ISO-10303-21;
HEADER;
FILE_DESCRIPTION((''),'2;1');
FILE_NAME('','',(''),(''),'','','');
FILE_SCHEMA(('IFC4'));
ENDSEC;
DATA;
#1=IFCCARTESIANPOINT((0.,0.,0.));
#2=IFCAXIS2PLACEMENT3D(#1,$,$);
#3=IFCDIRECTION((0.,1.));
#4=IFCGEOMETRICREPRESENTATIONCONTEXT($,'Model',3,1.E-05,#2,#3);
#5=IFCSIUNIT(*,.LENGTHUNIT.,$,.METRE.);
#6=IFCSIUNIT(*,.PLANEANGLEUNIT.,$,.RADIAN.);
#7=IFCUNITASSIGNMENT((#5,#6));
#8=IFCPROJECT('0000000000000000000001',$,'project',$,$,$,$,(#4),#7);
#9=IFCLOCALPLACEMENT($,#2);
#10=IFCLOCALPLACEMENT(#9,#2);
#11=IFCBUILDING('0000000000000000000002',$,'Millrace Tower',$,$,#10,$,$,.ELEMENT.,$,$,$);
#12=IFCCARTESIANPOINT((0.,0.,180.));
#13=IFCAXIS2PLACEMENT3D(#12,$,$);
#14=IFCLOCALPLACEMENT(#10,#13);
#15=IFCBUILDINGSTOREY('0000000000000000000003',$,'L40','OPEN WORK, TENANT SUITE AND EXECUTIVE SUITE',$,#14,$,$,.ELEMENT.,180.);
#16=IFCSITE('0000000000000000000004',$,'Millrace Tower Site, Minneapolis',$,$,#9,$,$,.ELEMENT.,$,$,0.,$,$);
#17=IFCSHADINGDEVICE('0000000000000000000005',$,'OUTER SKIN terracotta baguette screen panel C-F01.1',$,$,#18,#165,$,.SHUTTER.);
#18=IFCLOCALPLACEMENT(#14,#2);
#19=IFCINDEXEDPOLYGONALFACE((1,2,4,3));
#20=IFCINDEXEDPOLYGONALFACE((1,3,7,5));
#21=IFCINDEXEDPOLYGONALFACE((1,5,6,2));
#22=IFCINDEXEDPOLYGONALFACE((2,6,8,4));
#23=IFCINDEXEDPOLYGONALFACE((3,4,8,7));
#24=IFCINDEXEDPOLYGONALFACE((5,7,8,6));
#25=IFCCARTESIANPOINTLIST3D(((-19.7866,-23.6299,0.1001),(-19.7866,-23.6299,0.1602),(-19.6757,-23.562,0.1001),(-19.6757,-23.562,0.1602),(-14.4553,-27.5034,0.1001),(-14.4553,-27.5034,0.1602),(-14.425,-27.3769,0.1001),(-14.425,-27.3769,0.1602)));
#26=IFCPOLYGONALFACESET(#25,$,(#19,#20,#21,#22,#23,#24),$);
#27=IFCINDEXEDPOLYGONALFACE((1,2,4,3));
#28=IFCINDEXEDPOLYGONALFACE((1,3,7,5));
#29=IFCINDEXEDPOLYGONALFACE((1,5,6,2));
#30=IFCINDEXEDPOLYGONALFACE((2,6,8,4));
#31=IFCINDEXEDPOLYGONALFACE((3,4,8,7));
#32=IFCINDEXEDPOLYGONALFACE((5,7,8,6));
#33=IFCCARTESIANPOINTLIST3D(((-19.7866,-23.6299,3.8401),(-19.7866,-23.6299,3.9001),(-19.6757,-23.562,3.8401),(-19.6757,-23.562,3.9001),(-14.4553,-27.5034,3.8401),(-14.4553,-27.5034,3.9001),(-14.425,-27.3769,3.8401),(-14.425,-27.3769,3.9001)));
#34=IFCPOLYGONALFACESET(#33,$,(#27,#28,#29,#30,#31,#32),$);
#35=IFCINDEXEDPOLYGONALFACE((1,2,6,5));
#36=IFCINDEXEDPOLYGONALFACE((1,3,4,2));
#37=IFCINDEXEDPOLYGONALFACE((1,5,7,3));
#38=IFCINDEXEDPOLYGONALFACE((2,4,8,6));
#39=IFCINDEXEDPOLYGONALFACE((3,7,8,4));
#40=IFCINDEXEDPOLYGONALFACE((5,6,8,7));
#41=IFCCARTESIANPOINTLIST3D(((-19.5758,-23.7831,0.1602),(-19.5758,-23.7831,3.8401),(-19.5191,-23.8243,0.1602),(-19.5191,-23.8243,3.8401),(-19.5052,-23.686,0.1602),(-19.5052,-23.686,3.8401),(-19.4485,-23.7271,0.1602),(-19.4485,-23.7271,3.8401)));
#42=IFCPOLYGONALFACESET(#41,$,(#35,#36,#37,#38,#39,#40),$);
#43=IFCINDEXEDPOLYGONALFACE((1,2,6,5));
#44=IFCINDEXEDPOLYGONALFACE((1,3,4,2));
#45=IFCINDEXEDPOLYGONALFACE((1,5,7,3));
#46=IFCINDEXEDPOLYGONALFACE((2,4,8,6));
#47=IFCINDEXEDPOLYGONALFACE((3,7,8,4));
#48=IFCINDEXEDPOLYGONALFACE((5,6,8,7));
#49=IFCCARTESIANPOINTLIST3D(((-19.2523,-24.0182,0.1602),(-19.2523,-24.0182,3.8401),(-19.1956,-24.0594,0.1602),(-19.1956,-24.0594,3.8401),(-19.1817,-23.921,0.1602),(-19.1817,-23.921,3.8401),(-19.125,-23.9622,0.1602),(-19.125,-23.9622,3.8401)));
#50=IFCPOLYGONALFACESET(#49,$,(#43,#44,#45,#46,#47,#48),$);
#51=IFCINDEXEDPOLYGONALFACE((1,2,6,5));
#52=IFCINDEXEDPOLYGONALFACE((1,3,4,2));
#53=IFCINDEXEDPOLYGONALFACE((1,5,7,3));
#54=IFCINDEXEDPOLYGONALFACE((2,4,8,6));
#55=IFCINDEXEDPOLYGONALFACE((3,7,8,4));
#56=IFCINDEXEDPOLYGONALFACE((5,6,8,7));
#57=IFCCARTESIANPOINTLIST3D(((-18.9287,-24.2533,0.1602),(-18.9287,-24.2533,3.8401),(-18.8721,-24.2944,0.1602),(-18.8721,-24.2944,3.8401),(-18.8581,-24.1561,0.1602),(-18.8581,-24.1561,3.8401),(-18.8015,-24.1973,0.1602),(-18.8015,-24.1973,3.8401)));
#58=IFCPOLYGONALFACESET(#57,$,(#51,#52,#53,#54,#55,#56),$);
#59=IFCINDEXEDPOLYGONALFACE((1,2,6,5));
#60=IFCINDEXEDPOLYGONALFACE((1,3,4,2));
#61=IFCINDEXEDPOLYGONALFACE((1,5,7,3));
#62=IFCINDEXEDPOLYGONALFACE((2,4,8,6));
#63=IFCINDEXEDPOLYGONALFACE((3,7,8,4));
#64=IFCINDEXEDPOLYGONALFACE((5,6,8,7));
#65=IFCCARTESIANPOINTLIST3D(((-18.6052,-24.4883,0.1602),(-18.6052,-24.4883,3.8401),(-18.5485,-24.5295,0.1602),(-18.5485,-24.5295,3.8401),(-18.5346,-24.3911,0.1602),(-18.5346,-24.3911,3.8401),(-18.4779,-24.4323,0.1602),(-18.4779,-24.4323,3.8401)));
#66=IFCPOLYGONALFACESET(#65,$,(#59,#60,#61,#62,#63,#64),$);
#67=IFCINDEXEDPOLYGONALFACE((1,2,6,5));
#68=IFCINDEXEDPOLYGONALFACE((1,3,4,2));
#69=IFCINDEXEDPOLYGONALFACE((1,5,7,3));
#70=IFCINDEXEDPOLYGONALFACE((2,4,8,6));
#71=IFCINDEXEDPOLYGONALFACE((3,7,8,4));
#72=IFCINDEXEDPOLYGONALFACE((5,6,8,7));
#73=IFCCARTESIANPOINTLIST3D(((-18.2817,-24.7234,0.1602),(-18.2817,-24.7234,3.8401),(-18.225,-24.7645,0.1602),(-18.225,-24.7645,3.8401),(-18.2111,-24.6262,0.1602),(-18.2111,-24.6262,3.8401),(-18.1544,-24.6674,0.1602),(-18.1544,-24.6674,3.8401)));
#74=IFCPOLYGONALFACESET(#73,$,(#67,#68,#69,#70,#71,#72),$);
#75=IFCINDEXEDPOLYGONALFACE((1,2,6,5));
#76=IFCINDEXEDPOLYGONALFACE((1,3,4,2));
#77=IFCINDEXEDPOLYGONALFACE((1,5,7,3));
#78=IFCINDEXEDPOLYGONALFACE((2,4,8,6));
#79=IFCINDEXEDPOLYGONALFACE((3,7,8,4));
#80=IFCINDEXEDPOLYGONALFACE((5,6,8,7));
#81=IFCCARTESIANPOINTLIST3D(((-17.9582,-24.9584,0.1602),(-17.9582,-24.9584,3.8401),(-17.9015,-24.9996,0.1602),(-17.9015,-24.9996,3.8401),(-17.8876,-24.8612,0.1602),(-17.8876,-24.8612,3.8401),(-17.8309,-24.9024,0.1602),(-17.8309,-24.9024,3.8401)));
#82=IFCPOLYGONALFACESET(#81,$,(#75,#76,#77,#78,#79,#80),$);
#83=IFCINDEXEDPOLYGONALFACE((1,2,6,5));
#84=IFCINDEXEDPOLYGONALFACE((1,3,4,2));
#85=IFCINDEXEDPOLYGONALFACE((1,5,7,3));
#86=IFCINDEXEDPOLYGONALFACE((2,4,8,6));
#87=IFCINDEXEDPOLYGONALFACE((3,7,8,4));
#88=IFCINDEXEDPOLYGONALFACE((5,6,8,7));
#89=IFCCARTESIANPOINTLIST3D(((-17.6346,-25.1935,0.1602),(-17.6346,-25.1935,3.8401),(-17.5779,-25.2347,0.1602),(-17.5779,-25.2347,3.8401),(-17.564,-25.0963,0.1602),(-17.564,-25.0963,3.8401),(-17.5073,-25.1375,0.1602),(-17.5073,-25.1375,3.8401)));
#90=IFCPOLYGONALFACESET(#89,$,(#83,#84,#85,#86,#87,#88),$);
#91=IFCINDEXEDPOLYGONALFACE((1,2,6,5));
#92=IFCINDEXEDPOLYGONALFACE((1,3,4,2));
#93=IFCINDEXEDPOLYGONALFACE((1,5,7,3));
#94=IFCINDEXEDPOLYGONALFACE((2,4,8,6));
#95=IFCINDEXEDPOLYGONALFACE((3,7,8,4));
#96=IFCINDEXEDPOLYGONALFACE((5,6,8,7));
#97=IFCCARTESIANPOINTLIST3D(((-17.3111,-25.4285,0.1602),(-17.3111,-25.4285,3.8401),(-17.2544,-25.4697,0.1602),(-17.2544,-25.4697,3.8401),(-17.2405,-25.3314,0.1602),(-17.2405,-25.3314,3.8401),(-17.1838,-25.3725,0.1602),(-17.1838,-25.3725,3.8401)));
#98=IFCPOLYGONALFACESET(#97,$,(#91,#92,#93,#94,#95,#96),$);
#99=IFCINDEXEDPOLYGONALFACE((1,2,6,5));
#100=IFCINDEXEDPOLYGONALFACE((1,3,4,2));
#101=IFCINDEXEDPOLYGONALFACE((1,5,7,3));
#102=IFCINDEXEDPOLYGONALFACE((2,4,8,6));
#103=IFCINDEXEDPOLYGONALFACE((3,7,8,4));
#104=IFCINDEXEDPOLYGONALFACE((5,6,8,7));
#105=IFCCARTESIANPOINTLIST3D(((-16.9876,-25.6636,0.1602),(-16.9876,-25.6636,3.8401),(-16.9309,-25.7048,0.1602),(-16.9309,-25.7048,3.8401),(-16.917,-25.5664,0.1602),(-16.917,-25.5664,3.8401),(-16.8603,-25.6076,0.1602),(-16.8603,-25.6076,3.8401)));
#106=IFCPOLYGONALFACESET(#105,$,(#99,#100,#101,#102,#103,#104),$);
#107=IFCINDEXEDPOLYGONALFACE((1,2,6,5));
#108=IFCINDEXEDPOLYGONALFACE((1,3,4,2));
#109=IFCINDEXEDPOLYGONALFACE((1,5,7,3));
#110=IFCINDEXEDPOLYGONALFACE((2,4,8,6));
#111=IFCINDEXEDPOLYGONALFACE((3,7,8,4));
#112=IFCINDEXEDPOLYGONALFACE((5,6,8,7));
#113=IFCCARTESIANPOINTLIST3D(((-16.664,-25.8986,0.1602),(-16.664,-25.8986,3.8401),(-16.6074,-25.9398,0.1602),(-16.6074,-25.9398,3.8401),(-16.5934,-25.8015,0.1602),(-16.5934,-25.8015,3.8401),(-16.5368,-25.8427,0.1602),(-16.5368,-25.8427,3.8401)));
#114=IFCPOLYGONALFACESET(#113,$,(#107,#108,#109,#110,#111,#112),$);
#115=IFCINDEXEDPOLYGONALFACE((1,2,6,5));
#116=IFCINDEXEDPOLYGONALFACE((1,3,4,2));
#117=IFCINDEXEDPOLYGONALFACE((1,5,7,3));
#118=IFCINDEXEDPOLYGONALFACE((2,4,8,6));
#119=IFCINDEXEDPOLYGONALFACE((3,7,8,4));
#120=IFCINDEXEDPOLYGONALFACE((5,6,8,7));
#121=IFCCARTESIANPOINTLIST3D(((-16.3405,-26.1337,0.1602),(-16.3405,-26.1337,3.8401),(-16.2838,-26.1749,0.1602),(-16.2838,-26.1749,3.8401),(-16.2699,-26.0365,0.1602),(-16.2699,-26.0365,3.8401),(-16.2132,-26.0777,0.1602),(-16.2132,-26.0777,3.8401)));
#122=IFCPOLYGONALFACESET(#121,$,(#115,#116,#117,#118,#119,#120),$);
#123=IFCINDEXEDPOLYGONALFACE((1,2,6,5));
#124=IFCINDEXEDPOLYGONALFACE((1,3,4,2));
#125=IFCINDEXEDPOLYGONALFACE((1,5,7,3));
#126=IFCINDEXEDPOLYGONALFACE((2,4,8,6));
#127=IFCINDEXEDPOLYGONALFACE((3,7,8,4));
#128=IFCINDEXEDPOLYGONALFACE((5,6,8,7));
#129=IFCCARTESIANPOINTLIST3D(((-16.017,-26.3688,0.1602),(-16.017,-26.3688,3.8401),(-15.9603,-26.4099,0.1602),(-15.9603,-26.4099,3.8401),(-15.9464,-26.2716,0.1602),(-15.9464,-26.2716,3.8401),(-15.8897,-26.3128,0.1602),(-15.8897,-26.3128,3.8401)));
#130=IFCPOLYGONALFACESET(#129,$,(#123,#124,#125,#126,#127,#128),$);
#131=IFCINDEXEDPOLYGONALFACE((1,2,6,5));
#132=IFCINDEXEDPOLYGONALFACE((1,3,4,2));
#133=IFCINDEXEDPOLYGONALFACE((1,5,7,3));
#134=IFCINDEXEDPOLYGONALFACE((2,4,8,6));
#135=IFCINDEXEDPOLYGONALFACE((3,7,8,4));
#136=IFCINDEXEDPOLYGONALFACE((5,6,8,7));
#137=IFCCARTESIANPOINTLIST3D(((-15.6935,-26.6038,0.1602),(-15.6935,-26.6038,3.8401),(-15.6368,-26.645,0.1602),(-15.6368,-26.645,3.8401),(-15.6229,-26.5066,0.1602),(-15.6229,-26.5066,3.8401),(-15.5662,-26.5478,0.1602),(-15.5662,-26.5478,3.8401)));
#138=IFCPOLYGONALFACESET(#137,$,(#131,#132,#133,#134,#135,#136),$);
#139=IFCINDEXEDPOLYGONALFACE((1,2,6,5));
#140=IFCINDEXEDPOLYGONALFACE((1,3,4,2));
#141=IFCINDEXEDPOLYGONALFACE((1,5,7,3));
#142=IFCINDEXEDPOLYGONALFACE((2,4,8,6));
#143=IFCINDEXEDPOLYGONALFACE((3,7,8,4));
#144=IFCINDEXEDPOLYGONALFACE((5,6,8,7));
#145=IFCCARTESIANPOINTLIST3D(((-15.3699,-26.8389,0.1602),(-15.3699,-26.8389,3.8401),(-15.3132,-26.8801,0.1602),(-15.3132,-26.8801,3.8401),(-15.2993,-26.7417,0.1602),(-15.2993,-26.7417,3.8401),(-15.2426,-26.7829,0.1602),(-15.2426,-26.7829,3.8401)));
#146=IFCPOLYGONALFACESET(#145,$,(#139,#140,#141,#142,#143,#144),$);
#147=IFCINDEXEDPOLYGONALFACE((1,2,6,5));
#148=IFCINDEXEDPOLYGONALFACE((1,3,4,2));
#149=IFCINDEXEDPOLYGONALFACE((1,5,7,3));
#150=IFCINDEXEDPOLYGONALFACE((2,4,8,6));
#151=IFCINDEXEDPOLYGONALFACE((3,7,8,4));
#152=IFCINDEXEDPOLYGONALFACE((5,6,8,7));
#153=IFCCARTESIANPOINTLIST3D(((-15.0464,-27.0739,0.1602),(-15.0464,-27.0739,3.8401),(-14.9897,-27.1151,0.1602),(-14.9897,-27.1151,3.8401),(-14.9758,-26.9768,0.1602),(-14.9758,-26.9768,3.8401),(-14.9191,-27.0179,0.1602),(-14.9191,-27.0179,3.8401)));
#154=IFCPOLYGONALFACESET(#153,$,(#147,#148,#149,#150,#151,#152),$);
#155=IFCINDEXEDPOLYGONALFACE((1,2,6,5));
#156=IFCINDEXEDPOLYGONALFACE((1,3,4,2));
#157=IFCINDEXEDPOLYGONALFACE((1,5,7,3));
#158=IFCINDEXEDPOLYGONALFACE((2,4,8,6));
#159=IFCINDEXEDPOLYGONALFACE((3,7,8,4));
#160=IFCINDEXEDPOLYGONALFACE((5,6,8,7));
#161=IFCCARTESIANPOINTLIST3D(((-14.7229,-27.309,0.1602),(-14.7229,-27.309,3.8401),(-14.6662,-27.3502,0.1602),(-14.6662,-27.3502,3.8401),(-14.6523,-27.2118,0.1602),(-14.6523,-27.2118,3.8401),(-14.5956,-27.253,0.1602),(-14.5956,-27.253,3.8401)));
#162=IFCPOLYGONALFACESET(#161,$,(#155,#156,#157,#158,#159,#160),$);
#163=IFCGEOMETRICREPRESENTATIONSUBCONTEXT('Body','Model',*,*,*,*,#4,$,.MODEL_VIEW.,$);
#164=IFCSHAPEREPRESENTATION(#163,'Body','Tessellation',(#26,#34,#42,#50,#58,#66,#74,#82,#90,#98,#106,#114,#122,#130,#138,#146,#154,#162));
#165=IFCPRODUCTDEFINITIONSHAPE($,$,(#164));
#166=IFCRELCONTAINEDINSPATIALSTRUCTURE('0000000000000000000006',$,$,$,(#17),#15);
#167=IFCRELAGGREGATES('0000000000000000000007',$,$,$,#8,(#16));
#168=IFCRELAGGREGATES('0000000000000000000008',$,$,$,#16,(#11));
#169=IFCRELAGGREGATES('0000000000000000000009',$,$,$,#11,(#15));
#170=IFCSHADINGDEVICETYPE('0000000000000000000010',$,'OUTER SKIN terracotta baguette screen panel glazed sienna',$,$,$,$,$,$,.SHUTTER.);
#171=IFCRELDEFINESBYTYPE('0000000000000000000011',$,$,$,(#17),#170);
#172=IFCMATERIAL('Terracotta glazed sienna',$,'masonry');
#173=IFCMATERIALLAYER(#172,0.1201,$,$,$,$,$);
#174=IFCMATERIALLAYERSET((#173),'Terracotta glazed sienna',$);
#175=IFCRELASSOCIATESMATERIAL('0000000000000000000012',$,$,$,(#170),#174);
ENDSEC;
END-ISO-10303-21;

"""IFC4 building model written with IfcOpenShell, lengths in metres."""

from ifc_helpers import new_model, entity, si_unit, direction, frame, frame_2d, origin, place, context, subcontext, project, spatial, rectangle, extrude, source, transform, mapped, material, layer, layer_set, type_object, element, save


model = new_model("IFC4")

# Units and contexts
model_context = context("Model", 3, precision=1e-05, world=origin(), true_north=direction((0.0, 1.0)))
body_context = subcontext(model_context, "Body", "Model", "MODEL_VIEW")
ifc_project = project(units=[si_unit("LENGTHUNIT", "METRE"), si_unit("PLANEANGLEUNIT", "RADIAN")], contexts=[model_context])

# Site, building, storey
site_placement = place(None, origin())
site = spatial("IfcSite", under=ifc_project, at=site_placement, Name="Millrace Tower Site, Minneapolis", CompositionType="ELEMENT", RefElevation=0.0)
building_placement = place(site_placement, origin())
building = spatial("IfcBuilding", under=site, at=building_placement, Name="Millrace Tower", CompositionType="ELEMENT")
storey_placement = place(building_placement, frame((0.0, 0.0, 180.0)))
storey = spatial("IfcBuildingStorey", under=building, at=storey_placement, Name="L40", Description="OPEN WORK, TENANT SUITE AND EXECUTIVE SUITE", CompositionType="ELEMENT", Elevation=180.0)

# Shading device
ifc_material_1 = material(Name="Terracotta glazed sienna", Category="masonry")
ifc_layer_1 = layer(ifc_material_1, 0.1201)
ifc_layer_set_1 = layer_set([ifc_layer_1], Name="Terracotta glazed sienna")
shading_device_type = type_object("IfcShadingDeviceType", Name="OUTER SKIN terracotta baguette screen panel glazed sienna", PredefinedType="SHUTTER", material=ifc_layer_set_1)
cartesian_point_1 = entity("IfcCartesianPoint", [-3.2451, 0.0601])
shared_polyline_1 = entity("IfcPolyline", [cartesian_point_1, entity("IfcCartesianPoint", [3.2451, 0.0601]), entity("IfcCartesianPoint", [3.2949, -0.0601]), entity("IfcCartesianPoint", [-3.2949, -0.0601]), cartesian_point_1])
shared_shape_1 = source(origin(), body_context, "Body", "SweptSolid", [
    entity("IfcExtrudedAreaSolid", entity("IfcArbitraryClosedProfileDef", "AREA", None, shared_polyline_1), entity("IfcAxis2Placement3D", entity("IfcCartesianPoint", [0.0, 0.0, 0.0])), entity("IfcDirection", [0.0, 0.0, 1.0]), 0.0601),
    entity("IfcExtrudedAreaSolid", entity("IfcArbitraryClosedProfileDef", "AREA", None, shared_polyline_1), entity("IfcAxis2Placement3D", entity("IfcCartesianPoint", [0.0, 0.0, 3.74])), entity("IfcDirection", [0.0, 0.0, 1.0]), 0.0601),
    extrude(rectangle(XDim=0.0701, YDim=0.1201, at=frame_2d((-2.9993, 0.0))), frame((0.0, 0.0, 0.0601)), (0.0, 0.0, 1.0), 3.6799),
    extrude(rectangle(XDim=0.0701, YDim=0.1201, at=frame_2d((-2.5994, 0.0))), frame((0.0, 0.0, 0.0601)), (0.0, 0.0, 1.0), 3.6799),
    extrude(rectangle(XDim=0.0701, YDim=0.1201, at=frame_2d((-2.1995, 0.0))), frame((0.0, 0.0, 0.0601)), (0.0, 0.0, 1.0), 3.6799),
    extrude(rectangle(XDim=0.0701, YDim=0.1201, at=frame_2d((-1.7996, 0.0))), frame((0.0, 0.0, 0.0601)), (0.0, 0.0, 1.0), 3.6799),
    extrude(rectangle(XDim=0.0701, YDim=0.1201, at=frame_2d((-1.3997, 0.0))), frame((0.0, 0.0, 0.0601)), (0.0, 0.0, 1.0), 3.6799),
    extrude(rectangle(XDim=0.0701, YDim=0.1201, at=frame_2d((-0.9998, 0.0))), frame((0.0, 0.0, 0.0601)), (0.0, 0.0, 1.0), 3.6799),
    extrude(rectangle(XDim=0.0701, YDim=0.1201, at=frame_2d((-0.5999, 0.0))), frame((0.0, 0.0, 0.0601)), (0.0, 0.0, 1.0), 3.6799),
    extrude(rectangle(XDim=0.0701, YDim=0.1201, at=frame_2d((-0.2, 0.0))), frame((0.0, 0.0, 0.0601)), (0.0, 0.0, 1.0), 3.6799),
    extrude(rectangle(XDim=0.0701, YDim=0.1201, at=frame_2d((0.2, 0.0))), frame((0.0, 0.0, 0.0601)), (0.0, 0.0, 1.0), 3.6799),
    extrude(rectangle(XDim=0.0701, YDim=0.1201, at=frame_2d((0.5999, 0.0))), frame((0.0, 0.0, 0.0601)), (0.0, 0.0, 1.0), 3.6799),
    extrude(rectangle(XDim=0.0701, YDim=0.1201, at=frame_2d((0.9998, 0.0))), frame((0.0, 0.0, 0.0601)), (0.0, 0.0, 1.0), 3.6799),
    extrude(rectangle(XDim=0.0701, YDim=0.1201, at=frame_2d((1.3997, 0.0))), frame((0.0, 0.0, 0.0601)), (0.0, 0.0, 1.0), 3.6799),
    extrude(rectangle(XDim=0.0701, YDim=0.1201, at=frame_2d((1.7996, 0.0))), frame((0.0, 0.0, 0.0601)), (0.0, 0.0, 1.0), 3.6799),
    extrude(rectangle(XDim=0.0701, YDim=0.1201, at=frame_2d((2.1995, 0.0))), frame((0.0, 0.0, 0.0601)), (0.0, 0.0, 1.0), 3.6799),
    extrude(rectangle(XDim=0.0701, YDim=0.1201, at=frame_2d((2.5994, 0.0))), frame((0.0, 0.0, 0.0601)), (0.0, 0.0, 1.0), 3.6799),
    extrude(rectangle(XDim=0.0701, YDim=0.1201, at=frame_2d((2.9993, 0.0))), frame((0.0, 0.0, 0.0601)), (0.0, 0.0, 1.0), 3.6799),
])
shading_device_1_placement = place(storey_placement, frame((-17.0857, -25.5181, 0.1001), z_axis=(0.0, 0.0, 1.0), x_axis=(0.809017, -0.587785, 0.0)))
element("IfcShadingDevice", 1, at=shading_device_1_placement, inside=storey, type_object=shading_device_type, Name="OUTER SKIN terracotta baguette screen panel C-F01.1", PredefinedType="SHUTTER", context=body_context, shape_type="MappedRepresentation", body=[
    mapped(shared_shape_1, transform((0.0, 0.0, 0.0), scale=1.0)),
])

save(model, "model.ifc")
